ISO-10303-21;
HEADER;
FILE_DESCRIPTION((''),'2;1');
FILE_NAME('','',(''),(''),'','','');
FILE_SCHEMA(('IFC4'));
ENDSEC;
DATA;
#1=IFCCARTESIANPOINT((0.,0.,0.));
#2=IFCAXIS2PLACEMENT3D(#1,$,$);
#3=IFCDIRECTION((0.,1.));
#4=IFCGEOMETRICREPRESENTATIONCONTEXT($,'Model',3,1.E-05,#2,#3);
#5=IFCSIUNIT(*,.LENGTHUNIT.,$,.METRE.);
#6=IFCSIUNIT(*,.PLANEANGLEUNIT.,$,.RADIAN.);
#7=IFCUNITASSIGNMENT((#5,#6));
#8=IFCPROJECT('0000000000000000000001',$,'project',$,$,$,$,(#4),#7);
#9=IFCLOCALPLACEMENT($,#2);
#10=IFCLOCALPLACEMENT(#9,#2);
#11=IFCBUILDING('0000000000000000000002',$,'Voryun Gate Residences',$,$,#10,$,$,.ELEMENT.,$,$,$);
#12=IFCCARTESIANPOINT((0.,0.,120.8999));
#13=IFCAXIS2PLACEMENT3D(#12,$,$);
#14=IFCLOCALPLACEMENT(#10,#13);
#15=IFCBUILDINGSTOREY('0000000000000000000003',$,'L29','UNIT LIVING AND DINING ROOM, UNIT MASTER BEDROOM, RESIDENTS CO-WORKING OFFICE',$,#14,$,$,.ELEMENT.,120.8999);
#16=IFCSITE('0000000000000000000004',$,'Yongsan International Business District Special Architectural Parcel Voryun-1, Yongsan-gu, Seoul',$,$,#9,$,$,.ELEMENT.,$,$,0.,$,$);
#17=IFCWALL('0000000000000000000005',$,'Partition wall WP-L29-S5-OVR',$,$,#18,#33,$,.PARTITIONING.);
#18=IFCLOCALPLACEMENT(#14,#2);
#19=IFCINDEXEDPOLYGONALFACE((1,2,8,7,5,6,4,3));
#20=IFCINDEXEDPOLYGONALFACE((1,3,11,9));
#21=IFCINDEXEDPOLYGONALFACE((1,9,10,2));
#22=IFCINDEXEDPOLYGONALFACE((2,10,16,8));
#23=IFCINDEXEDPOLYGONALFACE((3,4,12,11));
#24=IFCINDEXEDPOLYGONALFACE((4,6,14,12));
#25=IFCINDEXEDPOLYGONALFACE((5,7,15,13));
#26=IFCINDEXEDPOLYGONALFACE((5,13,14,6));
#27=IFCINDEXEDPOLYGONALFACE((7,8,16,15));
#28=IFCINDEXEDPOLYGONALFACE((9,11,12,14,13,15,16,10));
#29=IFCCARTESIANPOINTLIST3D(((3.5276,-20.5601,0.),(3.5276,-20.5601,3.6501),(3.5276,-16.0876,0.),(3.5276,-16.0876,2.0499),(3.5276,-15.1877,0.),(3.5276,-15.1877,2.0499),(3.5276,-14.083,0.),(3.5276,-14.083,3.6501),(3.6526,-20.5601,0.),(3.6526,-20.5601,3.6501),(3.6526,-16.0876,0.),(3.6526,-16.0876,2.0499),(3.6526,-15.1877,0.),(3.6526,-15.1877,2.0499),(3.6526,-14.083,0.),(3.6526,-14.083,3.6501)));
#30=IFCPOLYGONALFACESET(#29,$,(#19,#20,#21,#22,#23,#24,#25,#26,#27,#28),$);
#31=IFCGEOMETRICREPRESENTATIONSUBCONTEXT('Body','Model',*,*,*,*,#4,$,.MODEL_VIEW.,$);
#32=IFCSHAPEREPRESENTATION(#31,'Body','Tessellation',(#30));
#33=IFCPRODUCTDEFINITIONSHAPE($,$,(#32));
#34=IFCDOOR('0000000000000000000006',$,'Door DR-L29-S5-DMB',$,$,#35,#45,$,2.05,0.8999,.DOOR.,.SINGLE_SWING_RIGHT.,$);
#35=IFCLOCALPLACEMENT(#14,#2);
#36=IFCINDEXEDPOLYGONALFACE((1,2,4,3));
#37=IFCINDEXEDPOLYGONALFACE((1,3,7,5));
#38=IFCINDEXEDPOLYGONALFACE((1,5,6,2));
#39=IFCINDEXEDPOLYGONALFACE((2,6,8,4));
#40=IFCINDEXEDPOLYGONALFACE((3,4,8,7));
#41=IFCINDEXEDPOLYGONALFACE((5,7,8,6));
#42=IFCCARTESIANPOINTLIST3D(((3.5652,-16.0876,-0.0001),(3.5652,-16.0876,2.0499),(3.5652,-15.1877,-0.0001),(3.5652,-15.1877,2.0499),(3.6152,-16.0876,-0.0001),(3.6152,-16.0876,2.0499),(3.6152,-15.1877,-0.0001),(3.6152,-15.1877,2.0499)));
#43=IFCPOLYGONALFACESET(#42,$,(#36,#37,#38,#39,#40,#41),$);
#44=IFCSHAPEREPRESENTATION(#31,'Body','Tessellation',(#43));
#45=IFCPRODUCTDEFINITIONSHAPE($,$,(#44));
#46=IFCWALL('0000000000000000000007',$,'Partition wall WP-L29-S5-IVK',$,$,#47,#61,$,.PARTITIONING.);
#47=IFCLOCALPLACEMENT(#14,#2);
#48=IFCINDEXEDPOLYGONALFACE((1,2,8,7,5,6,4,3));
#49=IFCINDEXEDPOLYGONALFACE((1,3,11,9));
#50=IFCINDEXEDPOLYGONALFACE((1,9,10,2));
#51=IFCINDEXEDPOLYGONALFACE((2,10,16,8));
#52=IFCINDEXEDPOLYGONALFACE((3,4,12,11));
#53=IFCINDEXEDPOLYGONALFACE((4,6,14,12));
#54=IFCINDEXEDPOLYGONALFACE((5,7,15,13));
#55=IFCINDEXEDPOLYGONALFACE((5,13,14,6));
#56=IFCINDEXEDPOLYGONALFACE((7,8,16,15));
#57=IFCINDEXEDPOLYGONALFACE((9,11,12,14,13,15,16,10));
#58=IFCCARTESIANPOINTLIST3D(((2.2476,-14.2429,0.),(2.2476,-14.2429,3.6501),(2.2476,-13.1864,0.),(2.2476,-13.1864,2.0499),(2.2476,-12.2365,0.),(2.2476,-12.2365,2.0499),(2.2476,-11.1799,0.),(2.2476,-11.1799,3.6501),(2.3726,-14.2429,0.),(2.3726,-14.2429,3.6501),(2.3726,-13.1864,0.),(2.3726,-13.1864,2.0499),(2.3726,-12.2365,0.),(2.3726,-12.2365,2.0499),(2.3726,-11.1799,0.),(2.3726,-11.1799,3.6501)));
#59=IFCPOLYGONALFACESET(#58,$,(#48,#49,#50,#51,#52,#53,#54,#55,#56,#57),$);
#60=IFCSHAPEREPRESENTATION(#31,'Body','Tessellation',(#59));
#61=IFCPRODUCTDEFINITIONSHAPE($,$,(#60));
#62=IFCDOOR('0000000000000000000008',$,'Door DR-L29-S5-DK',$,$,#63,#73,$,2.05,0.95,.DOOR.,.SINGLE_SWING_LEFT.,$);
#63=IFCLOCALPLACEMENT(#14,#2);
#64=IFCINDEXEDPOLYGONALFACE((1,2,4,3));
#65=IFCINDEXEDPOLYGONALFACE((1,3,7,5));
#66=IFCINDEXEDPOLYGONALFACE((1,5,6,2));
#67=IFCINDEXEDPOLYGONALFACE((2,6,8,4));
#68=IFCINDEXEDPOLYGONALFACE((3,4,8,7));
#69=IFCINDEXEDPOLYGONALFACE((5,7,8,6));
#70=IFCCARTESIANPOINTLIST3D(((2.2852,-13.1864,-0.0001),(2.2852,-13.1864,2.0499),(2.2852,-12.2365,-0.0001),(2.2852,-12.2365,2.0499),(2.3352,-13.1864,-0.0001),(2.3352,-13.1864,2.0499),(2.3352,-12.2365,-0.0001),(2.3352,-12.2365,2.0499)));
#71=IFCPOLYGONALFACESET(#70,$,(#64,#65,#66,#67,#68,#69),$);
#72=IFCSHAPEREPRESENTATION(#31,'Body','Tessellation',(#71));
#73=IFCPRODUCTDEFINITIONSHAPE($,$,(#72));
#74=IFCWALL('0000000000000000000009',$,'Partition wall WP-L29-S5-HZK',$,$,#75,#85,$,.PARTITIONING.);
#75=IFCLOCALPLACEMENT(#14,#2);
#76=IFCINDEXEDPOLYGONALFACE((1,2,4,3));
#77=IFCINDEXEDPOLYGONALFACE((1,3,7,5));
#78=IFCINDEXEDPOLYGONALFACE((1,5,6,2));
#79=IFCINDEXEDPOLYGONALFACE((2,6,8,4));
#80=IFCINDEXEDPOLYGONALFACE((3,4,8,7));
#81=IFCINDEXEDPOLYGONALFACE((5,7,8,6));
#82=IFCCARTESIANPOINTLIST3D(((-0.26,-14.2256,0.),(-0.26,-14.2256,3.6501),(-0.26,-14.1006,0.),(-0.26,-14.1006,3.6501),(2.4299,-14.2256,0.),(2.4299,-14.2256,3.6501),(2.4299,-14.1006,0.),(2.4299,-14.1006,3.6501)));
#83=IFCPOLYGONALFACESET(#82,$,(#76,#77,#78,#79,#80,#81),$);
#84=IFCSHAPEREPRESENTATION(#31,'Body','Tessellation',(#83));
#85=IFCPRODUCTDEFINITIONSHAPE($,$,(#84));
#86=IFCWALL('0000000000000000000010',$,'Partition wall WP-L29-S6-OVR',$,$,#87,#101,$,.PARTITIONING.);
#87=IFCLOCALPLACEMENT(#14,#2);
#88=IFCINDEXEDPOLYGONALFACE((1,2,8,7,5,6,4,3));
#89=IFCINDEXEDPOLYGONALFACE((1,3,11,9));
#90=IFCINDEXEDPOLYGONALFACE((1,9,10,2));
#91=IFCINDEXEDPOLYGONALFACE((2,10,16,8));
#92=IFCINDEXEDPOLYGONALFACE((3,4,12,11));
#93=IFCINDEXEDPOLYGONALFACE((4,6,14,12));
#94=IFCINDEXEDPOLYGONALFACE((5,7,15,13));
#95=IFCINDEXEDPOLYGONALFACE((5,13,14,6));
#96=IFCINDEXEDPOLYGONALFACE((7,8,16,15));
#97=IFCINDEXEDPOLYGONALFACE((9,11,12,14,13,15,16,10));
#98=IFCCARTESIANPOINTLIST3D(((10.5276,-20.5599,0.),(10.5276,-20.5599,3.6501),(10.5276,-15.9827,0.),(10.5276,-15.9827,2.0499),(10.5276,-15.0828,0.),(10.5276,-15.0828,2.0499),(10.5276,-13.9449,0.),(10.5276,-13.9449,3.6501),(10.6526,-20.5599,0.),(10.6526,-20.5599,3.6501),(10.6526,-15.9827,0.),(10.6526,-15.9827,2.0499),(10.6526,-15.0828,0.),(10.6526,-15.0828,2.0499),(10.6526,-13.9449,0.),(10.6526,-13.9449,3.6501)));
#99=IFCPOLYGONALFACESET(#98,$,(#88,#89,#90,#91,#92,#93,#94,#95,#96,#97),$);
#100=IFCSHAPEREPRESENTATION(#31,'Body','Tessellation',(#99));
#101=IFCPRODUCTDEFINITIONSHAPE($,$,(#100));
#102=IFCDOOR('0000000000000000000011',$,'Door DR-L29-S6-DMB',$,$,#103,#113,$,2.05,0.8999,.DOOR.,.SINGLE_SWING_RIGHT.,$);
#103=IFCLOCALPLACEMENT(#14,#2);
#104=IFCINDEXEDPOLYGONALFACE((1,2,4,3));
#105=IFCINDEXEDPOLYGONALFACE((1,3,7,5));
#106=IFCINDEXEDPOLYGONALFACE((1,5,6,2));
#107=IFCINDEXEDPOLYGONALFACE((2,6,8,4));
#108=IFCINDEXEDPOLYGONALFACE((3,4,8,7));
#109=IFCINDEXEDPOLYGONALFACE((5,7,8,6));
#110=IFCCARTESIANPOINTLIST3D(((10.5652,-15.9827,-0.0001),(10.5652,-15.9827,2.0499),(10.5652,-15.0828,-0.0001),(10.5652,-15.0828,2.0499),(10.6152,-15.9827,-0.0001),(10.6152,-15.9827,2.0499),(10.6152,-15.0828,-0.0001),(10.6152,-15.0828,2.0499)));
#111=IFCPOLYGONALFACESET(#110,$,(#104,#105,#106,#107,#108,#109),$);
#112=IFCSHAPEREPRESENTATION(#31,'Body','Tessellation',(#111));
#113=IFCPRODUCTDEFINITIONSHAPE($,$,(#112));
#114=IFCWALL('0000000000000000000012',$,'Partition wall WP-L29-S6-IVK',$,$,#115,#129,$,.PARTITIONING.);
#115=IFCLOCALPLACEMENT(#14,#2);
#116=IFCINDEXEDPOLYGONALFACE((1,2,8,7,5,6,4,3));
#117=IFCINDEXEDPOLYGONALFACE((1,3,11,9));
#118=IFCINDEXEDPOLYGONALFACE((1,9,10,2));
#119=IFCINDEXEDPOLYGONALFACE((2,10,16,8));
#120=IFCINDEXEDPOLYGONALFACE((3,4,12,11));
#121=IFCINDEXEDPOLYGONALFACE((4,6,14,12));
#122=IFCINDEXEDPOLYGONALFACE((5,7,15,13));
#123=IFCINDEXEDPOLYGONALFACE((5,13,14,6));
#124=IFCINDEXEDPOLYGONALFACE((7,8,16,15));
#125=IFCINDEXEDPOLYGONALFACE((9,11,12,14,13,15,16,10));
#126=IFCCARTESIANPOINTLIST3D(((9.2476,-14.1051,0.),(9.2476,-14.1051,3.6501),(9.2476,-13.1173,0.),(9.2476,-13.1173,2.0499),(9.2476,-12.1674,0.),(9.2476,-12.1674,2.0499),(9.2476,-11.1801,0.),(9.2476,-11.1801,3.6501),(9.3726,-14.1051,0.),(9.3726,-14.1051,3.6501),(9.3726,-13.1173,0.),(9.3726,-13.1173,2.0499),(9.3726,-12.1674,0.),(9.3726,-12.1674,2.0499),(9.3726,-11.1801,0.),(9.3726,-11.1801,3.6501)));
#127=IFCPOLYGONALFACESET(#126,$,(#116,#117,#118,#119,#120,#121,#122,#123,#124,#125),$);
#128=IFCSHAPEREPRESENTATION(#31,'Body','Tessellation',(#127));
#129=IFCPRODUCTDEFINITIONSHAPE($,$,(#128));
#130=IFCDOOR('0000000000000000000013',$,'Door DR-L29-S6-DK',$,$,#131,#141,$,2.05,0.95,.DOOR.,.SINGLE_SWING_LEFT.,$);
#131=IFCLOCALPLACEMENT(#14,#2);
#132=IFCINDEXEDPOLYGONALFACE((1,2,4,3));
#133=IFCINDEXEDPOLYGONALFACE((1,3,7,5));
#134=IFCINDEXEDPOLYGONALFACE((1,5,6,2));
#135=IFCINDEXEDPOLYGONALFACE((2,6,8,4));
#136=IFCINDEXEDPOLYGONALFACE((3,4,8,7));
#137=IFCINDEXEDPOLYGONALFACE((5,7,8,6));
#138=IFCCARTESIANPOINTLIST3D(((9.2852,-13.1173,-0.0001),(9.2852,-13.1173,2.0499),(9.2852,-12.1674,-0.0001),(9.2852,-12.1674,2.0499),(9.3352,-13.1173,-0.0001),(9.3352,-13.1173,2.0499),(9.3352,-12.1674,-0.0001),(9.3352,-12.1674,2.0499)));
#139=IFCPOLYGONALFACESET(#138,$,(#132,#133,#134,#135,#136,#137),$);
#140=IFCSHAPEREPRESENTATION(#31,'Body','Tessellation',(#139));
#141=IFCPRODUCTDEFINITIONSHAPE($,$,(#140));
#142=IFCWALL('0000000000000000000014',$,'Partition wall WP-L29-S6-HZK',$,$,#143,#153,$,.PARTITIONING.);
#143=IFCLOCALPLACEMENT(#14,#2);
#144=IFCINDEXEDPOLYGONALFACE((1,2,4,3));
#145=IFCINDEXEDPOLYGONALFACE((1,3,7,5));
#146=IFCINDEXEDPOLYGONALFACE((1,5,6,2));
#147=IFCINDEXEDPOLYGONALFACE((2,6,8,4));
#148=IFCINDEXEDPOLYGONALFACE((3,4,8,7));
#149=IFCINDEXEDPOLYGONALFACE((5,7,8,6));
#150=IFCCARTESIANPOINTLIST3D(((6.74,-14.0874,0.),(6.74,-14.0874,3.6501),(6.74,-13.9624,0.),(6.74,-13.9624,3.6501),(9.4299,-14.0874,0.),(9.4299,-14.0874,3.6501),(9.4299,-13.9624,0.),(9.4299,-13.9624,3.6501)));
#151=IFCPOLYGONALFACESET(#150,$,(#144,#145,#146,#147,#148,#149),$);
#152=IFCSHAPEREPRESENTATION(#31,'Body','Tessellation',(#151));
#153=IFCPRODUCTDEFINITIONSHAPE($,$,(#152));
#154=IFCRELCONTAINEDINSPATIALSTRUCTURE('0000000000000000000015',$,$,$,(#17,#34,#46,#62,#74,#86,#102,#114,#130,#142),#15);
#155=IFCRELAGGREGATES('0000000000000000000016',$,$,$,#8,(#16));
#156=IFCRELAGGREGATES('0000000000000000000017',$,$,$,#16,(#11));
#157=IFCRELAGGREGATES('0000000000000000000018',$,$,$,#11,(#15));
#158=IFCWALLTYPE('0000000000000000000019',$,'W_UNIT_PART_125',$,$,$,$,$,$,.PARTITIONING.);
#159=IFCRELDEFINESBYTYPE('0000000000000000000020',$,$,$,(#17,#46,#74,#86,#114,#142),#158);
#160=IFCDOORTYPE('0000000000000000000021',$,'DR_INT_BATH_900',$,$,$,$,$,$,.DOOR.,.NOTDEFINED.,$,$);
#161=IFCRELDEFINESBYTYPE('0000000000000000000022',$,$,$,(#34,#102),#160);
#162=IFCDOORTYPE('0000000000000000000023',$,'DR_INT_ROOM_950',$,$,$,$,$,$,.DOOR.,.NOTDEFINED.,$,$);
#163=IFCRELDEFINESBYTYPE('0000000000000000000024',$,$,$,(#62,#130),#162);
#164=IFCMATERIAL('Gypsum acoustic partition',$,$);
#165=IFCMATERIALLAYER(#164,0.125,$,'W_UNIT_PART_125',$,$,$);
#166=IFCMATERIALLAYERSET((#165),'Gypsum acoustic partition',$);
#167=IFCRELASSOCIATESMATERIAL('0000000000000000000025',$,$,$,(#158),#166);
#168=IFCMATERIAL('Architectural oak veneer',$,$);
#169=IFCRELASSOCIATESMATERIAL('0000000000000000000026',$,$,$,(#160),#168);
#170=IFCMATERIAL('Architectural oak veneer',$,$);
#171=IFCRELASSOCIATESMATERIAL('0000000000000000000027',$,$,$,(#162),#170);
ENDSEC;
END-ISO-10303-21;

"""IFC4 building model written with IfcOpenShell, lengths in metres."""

from ifc_helpers import new_model, si_unit, direction, frame, frame_2d, origin, place, context, subcontext, project, spatial, rectangle, extrude, material, layer, layer_set, type_object, element, fill, save


model = new_model("IFC4")

# Units and contexts
model_context = context("Model", 3, precision=1e-05, world=origin(), true_north=direction((0.0, 1.0)))
body_context = subcontext(model_context, "Body", "Model", "MODEL_VIEW")
ifc_project = project(units=[si_unit("LENGTHUNIT", "METRE"), si_unit("PLANEANGLEUNIT", "RADIAN")], contexts=[model_context])

# Site, building, storey
site_placement = place(None, origin())
site = spatial("IfcSite", under=ifc_project, at=site_placement, Name="Yongsan International Business District Special Architectural Parcel Voryun-1, Yongsan-gu, Seoul", CompositionType="ELEMENT", RefElevation=0.0)
building_placement = place(site_placement, origin())
building = spatial("IfcBuilding", under=site, at=building_placement, Name="Voryun Gate Residences", CompositionType="ELEMENT")
storey_placement = place(building_placement, frame((0.0, 0.0, 120.8999)))
storey = spatial("IfcBuildingStorey", under=building, at=storey_placement, Name="L29", Description="UNIT LIVING AND DINING ROOM, UNIT MASTER BEDROOM, RESIDENTS CO-WORKING OFFICE", CompositionType="ELEMENT", Elevation=120.8999)

# Walls, openings, doors
ifc_material_1 = material(Name="Gypsum acoustic partition")
ifc_layer_1 = layer(ifc_material_1, 0.125, Name="W_UNIT_PART_125")
ifc_layer_set_1 = layer_set([ifc_layer_1], Name="Gypsum acoustic partition")
wall_type_1 = type_object("IfcWallType", Name="W_UNIT_PART_125", PredefinedType="PARTITIONING", material=ifc_layer_set_1)
wall_1_placement = place(storey_placement, frame((3.5901, -20.5601, 0.0), z_axis=(0.0, 0.0, 1.0), x_axis=(0.0, 1.0, 0.0)))
wall_1 = element("IfcWall", 1, at=wall_1_placement, inside=storey, type_object=wall_type_1, Name="Partition wall WP-L29-S5-OVR", PredefinedType="PARTITIONING", context=body_context, shape_type="SweptSolid", body=[
    extrude(rectangle(XDim=6.4771, YDim=0.125, at=frame_2d((3.2385, 0.0))), origin(), (0.0, 0.0, 1.0), 3.6501),
])
opening_1_placement = place(wall_1_placement, frame((4.4724, 0.0, 0.0)))
opening_1 = element("IfcOpeningElement", 2, at=opening_1_placement, cuts=wall_1, PredefinedType="OPENING", context=body_context, shape_type="SweptSolid", body=[
    extrude(rectangle(XDim=0.8999, YDim=2.05, at=frame_2d((0.45, 1.0249))), frame((0.0, 0.0725, 0.0), z_axis=(0.0, -1.0, 0.0), x_axis=(1.0, 0.0, 0.0)), (0.0, 0.0, 1.0), 0.145),
])
ifc_material_2 = material(Name="Architectural oak veneer")
door_type_1 = type_object("IfcDoorType", Name="DR_INT_BATH_900", OperationType="NOTDEFINED", PredefinedType="DOOR", material=ifc_material_2)
door_1_placement = place(opening_1_placement, origin())
door_1 = element("IfcDoor", 3, at=door_1_placement, inside=storey, type_object=door_type_1, Name="Door DR-L29-S5-DMB", OperationType="SINGLE_SWING_RIGHT", OverallHeight=2.05, OverallWidth=0.8999, PredefinedType="DOOR", context=body_context, shape_type="SweptSolid", body=[
    extrude(rectangle(XDim=0.8999, YDim=2.05, at=frame_2d((0.45, 1.0249))), frame((0.0, 0.0249, 0.0), z_axis=(0.0, -1.0, 0.0), x_axis=(1.0, 0.0, 0.0)), (0.0, 0.0, 1.0), 0.05),
])
fill(opening_1, door_1)
wall_2_placement = place(storey_placement, frame((2.3101, -14.2429, 0.0), z_axis=(0.0, 0.0, 1.0), x_axis=(0.0, 1.0, 0.0)))
wall_2 = element("IfcWall", 4, at=wall_2_placement, inside=storey, type_object=wall_type_1, Name="Partition wall WP-L29-S5-IVK", PredefinedType="PARTITIONING", context=body_context, shape_type="SweptSolid", body=[
    extrude(rectangle(XDim=3.063, YDim=0.125, at=frame_2d((1.5315, 0.0))), origin(), (0.0, 0.0, 1.0), 3.6501),
])
opening_2_placement = place(wall_2_placement, frame((1.0564, 0.0, 0.0)))
opening_2 = element("IfcOpeningElement", 5, at=opening_2_placement, cuts=wall_2, PredefinedType="OPENING", context=body_context, shape_type="SweptSolid", body=[
    extrude(rectangle(XDim=0.95, YDim=2.05, at=frame_2d((0.4751, 1.0249))), frame((0.0, 0.0725, 0.0), z_axis=(0.0, -1.0, 0.0), x_axis=(1.0, 0.0, 0.0)), (0.0, 0.0, 1.0), 0.145),
])
ifc_material_3 = material(Name="Architectural oak veneer")
door_type_2 = type_object("IfcDoorType", Name="DR_INT_ROOM_950", OperationType="NOTDEFINED", PredefinedType="DOOR", material=ifc_material_3)
door_2_placement = place(opening_2_placement, origin())
door_2 = element("IfcDoor", 6, at=door_2_placement, inside=storey, type_object=door_type_2, Name="Door DR-L29-S5-DK", OperationType="SINGLE_SWING_LEFT", OverallHeight=2.05, OverallWidth=0.95, PredefinedType="DOOR", context=body_context, shape_type="SweptSolid", body=[
    extrude(rectangle(XDim=0.95, YDim=2.05, at=frame_2d((0.4751, 1.0249))), frame((0.0, 0.0249, 0.0), z_axis=(0.0, -1.0, 0.0), x_axis=(1.0, 0.0, 0.0)), (0.0, 0.0, 1.0), 0.05),
])
fill(opening_2, door_2)

# Wall
wall_3_placement = place(storey_placement, frame((-0.26, -14.1631, 0.0), z_axis=(0.0, 0.0, 1.0), x_axis=(1.0, 0.0, 0.0)))
element("IfcWall", 7, at=wall_3_placement, inside=storey, type_object=wall_type_1, Name="Partition wall WP-L29-S5-HZK", PredefinedType="PARTITIONING", context=body_context, shape_type="SweptSolid", body=[
    extrude(rectangle(XDim=2.6899, YDim=0.125, at=frame_2d((1.345, 0.0))), origin(), (0.0, 0.0, 1.0), 3.6501),
])

# Walls, openings, doors
wall_4_placement = place(storey_placement, frame((10.5901, -20.5601, 0.0), z_axis=(0.0, 0.0, 1.0), x_axis=(0.0, 1.0, 0.0)))
wall_4 = element("IfcWall", 8, at=wall_4_placement, inside=storey, type_object=wall_type_1, Name="Partition wall WP-L29-S6-OVR", PredefinedType="PARTITIONING", context=body_context, shape_type="SweptSolid", body=[
    extrude(rectangle(XDim=6.615, YDim=0.125, at=frame_2d((3.3076, 0.0))), origin(), (0.0, 0.0, 1.0), 3.6501),
])
opening_3_placement = place(wall_4_placement, frame((4.5774, 0.0, 0.0)))
opening_3 = element("IfcOpeningElement", 9, at=opening_3_placement, cuts=wall_4, PredefinedType="OPENING", context=body_context, shape_type="SweptSolid", body=[
    extrude(rectangle(XDim=0.8999, YDim=2.05, at=frame_2d((0.45, 1.0249))), frame((0.0, 0.0725, 0.0), z_axis=(0.0, -1.0, 0.0), x_axis=(1.0, 0.0, 0.0)), (0.0, 0.0, 1.0), 0.145),
])
door_3_placement = place(opening_3_placement, origin())
door_3 = element("IfcDoor", 10, at=door_3_placement, inside=storey, type_object=door_type_1, Name="Door DR-L29-S6-DMB", OperationType="SINGLE_SWING_RIGHT", OverallHeight=2.05, OverallWidth=0.8999, PredefinedType="DOOR", context=body_context, shape_type="SweptSolid", body=[
    extrude(rectangle(XDim=0.8999, YDim=2.05, at=frame_2d((0.45, 1.0249))), frame((0.0, 0.0249, 0.0), z_axis=(0.0, -1.0, 0.0), x_axis=(1.0, 0.0, 0.0)), (0.0, 0.0, 1.0), 0.05),
])
fill(opening_3, door_3)
wall_5_placement = place(storey_placement, frame((9.3101, -14.105, 0.0), z_axis=(0.0, 0.0, 1.0), x_axis=(0.0, 1.0, 0.0)))
wall_5 = element("IfcWall", 11, at=wall_5_placement, inside=storey, type_object=wall_type_1, Name="Partition wall WP-L29-S6-IVK", PredefinedType="PARTITIONING", context=body_context, shape_type="SweptSolid", body=[
    extrude(rectangle(XDim=2.925, YDim=0.125, at=frame_2d((1.4624, 0.0))), origin(), (0.0, 0.0, 1.0), 3.6501),
])
opening_4_placement = place(wall_5_placement, frame((0.9875, 0.0, 0.0)))
opening_4 = element("IfcOpeningElement", 12, at=opening_4_placement, cuts=wall_5, PredefinedType="OPENING", context=body_context, shape_type="SweptSolid", body=[
    extrude(rectangle(XDim=0.95, YDim=2.05, at=frame_2d((0.4751, 1.0249))), frame((0.0, 0.0725, 0.0), z_axis=(0.0, -1.0, 0.0), x_axis=(1.0, 0.0, 0.0)), (0.0, 0.0, 1.0), 0.145),
])
door_4_placement = place(opening_4_placement, origin())
door_4 = element("IfcDoor", 13, at=door_4_placement, inside=storey, type_object=door_type_2, Name="Door DR-L29-S6-DK", OperationType="SINGLE_SWING_LEFT", OverallHeight=2.05, OverallWidth=0.95, PredefinedType="DOOR", context=body_context, shape_type="SweptSolid", body=[
    extrude(rectangle(XDim=0.95, YDim=2.05, at=frame_2d((0.4751, 1.0249))), frame((0.0, 0.0249, 0.0), z_axis=(0.0, -1.0, 0.0), x_axis=(1.0, 0.0, 0.0)), (0.0, 0.0, 1.0), 0.05),
])
fill(opening_4, door_4)

# Wall
wall_6_placement = place(storey_placement, frame((6.74, -14.0249, 0.0), z_axis=(0.0, 0.0, 1.0), x_axis=(1.0, 0.0, 0.0)))
element("IfcWall", 14, at=wall_6_placement, inside=storey, type_object=wall_type_1, Name="Partition wall WP-L29-S6-HZK", PredefinedType="PARTITIONING", context=body_context, shape_type="SweptSolid", body=[
    extrude(rectangle(XDim=2.6899, YDim=0.125, at=frame_2d((1.345, 0.0))), origin(), (0.0, 0.0, 1.0), 3.6501),
])

save(model, "model.ifc")
